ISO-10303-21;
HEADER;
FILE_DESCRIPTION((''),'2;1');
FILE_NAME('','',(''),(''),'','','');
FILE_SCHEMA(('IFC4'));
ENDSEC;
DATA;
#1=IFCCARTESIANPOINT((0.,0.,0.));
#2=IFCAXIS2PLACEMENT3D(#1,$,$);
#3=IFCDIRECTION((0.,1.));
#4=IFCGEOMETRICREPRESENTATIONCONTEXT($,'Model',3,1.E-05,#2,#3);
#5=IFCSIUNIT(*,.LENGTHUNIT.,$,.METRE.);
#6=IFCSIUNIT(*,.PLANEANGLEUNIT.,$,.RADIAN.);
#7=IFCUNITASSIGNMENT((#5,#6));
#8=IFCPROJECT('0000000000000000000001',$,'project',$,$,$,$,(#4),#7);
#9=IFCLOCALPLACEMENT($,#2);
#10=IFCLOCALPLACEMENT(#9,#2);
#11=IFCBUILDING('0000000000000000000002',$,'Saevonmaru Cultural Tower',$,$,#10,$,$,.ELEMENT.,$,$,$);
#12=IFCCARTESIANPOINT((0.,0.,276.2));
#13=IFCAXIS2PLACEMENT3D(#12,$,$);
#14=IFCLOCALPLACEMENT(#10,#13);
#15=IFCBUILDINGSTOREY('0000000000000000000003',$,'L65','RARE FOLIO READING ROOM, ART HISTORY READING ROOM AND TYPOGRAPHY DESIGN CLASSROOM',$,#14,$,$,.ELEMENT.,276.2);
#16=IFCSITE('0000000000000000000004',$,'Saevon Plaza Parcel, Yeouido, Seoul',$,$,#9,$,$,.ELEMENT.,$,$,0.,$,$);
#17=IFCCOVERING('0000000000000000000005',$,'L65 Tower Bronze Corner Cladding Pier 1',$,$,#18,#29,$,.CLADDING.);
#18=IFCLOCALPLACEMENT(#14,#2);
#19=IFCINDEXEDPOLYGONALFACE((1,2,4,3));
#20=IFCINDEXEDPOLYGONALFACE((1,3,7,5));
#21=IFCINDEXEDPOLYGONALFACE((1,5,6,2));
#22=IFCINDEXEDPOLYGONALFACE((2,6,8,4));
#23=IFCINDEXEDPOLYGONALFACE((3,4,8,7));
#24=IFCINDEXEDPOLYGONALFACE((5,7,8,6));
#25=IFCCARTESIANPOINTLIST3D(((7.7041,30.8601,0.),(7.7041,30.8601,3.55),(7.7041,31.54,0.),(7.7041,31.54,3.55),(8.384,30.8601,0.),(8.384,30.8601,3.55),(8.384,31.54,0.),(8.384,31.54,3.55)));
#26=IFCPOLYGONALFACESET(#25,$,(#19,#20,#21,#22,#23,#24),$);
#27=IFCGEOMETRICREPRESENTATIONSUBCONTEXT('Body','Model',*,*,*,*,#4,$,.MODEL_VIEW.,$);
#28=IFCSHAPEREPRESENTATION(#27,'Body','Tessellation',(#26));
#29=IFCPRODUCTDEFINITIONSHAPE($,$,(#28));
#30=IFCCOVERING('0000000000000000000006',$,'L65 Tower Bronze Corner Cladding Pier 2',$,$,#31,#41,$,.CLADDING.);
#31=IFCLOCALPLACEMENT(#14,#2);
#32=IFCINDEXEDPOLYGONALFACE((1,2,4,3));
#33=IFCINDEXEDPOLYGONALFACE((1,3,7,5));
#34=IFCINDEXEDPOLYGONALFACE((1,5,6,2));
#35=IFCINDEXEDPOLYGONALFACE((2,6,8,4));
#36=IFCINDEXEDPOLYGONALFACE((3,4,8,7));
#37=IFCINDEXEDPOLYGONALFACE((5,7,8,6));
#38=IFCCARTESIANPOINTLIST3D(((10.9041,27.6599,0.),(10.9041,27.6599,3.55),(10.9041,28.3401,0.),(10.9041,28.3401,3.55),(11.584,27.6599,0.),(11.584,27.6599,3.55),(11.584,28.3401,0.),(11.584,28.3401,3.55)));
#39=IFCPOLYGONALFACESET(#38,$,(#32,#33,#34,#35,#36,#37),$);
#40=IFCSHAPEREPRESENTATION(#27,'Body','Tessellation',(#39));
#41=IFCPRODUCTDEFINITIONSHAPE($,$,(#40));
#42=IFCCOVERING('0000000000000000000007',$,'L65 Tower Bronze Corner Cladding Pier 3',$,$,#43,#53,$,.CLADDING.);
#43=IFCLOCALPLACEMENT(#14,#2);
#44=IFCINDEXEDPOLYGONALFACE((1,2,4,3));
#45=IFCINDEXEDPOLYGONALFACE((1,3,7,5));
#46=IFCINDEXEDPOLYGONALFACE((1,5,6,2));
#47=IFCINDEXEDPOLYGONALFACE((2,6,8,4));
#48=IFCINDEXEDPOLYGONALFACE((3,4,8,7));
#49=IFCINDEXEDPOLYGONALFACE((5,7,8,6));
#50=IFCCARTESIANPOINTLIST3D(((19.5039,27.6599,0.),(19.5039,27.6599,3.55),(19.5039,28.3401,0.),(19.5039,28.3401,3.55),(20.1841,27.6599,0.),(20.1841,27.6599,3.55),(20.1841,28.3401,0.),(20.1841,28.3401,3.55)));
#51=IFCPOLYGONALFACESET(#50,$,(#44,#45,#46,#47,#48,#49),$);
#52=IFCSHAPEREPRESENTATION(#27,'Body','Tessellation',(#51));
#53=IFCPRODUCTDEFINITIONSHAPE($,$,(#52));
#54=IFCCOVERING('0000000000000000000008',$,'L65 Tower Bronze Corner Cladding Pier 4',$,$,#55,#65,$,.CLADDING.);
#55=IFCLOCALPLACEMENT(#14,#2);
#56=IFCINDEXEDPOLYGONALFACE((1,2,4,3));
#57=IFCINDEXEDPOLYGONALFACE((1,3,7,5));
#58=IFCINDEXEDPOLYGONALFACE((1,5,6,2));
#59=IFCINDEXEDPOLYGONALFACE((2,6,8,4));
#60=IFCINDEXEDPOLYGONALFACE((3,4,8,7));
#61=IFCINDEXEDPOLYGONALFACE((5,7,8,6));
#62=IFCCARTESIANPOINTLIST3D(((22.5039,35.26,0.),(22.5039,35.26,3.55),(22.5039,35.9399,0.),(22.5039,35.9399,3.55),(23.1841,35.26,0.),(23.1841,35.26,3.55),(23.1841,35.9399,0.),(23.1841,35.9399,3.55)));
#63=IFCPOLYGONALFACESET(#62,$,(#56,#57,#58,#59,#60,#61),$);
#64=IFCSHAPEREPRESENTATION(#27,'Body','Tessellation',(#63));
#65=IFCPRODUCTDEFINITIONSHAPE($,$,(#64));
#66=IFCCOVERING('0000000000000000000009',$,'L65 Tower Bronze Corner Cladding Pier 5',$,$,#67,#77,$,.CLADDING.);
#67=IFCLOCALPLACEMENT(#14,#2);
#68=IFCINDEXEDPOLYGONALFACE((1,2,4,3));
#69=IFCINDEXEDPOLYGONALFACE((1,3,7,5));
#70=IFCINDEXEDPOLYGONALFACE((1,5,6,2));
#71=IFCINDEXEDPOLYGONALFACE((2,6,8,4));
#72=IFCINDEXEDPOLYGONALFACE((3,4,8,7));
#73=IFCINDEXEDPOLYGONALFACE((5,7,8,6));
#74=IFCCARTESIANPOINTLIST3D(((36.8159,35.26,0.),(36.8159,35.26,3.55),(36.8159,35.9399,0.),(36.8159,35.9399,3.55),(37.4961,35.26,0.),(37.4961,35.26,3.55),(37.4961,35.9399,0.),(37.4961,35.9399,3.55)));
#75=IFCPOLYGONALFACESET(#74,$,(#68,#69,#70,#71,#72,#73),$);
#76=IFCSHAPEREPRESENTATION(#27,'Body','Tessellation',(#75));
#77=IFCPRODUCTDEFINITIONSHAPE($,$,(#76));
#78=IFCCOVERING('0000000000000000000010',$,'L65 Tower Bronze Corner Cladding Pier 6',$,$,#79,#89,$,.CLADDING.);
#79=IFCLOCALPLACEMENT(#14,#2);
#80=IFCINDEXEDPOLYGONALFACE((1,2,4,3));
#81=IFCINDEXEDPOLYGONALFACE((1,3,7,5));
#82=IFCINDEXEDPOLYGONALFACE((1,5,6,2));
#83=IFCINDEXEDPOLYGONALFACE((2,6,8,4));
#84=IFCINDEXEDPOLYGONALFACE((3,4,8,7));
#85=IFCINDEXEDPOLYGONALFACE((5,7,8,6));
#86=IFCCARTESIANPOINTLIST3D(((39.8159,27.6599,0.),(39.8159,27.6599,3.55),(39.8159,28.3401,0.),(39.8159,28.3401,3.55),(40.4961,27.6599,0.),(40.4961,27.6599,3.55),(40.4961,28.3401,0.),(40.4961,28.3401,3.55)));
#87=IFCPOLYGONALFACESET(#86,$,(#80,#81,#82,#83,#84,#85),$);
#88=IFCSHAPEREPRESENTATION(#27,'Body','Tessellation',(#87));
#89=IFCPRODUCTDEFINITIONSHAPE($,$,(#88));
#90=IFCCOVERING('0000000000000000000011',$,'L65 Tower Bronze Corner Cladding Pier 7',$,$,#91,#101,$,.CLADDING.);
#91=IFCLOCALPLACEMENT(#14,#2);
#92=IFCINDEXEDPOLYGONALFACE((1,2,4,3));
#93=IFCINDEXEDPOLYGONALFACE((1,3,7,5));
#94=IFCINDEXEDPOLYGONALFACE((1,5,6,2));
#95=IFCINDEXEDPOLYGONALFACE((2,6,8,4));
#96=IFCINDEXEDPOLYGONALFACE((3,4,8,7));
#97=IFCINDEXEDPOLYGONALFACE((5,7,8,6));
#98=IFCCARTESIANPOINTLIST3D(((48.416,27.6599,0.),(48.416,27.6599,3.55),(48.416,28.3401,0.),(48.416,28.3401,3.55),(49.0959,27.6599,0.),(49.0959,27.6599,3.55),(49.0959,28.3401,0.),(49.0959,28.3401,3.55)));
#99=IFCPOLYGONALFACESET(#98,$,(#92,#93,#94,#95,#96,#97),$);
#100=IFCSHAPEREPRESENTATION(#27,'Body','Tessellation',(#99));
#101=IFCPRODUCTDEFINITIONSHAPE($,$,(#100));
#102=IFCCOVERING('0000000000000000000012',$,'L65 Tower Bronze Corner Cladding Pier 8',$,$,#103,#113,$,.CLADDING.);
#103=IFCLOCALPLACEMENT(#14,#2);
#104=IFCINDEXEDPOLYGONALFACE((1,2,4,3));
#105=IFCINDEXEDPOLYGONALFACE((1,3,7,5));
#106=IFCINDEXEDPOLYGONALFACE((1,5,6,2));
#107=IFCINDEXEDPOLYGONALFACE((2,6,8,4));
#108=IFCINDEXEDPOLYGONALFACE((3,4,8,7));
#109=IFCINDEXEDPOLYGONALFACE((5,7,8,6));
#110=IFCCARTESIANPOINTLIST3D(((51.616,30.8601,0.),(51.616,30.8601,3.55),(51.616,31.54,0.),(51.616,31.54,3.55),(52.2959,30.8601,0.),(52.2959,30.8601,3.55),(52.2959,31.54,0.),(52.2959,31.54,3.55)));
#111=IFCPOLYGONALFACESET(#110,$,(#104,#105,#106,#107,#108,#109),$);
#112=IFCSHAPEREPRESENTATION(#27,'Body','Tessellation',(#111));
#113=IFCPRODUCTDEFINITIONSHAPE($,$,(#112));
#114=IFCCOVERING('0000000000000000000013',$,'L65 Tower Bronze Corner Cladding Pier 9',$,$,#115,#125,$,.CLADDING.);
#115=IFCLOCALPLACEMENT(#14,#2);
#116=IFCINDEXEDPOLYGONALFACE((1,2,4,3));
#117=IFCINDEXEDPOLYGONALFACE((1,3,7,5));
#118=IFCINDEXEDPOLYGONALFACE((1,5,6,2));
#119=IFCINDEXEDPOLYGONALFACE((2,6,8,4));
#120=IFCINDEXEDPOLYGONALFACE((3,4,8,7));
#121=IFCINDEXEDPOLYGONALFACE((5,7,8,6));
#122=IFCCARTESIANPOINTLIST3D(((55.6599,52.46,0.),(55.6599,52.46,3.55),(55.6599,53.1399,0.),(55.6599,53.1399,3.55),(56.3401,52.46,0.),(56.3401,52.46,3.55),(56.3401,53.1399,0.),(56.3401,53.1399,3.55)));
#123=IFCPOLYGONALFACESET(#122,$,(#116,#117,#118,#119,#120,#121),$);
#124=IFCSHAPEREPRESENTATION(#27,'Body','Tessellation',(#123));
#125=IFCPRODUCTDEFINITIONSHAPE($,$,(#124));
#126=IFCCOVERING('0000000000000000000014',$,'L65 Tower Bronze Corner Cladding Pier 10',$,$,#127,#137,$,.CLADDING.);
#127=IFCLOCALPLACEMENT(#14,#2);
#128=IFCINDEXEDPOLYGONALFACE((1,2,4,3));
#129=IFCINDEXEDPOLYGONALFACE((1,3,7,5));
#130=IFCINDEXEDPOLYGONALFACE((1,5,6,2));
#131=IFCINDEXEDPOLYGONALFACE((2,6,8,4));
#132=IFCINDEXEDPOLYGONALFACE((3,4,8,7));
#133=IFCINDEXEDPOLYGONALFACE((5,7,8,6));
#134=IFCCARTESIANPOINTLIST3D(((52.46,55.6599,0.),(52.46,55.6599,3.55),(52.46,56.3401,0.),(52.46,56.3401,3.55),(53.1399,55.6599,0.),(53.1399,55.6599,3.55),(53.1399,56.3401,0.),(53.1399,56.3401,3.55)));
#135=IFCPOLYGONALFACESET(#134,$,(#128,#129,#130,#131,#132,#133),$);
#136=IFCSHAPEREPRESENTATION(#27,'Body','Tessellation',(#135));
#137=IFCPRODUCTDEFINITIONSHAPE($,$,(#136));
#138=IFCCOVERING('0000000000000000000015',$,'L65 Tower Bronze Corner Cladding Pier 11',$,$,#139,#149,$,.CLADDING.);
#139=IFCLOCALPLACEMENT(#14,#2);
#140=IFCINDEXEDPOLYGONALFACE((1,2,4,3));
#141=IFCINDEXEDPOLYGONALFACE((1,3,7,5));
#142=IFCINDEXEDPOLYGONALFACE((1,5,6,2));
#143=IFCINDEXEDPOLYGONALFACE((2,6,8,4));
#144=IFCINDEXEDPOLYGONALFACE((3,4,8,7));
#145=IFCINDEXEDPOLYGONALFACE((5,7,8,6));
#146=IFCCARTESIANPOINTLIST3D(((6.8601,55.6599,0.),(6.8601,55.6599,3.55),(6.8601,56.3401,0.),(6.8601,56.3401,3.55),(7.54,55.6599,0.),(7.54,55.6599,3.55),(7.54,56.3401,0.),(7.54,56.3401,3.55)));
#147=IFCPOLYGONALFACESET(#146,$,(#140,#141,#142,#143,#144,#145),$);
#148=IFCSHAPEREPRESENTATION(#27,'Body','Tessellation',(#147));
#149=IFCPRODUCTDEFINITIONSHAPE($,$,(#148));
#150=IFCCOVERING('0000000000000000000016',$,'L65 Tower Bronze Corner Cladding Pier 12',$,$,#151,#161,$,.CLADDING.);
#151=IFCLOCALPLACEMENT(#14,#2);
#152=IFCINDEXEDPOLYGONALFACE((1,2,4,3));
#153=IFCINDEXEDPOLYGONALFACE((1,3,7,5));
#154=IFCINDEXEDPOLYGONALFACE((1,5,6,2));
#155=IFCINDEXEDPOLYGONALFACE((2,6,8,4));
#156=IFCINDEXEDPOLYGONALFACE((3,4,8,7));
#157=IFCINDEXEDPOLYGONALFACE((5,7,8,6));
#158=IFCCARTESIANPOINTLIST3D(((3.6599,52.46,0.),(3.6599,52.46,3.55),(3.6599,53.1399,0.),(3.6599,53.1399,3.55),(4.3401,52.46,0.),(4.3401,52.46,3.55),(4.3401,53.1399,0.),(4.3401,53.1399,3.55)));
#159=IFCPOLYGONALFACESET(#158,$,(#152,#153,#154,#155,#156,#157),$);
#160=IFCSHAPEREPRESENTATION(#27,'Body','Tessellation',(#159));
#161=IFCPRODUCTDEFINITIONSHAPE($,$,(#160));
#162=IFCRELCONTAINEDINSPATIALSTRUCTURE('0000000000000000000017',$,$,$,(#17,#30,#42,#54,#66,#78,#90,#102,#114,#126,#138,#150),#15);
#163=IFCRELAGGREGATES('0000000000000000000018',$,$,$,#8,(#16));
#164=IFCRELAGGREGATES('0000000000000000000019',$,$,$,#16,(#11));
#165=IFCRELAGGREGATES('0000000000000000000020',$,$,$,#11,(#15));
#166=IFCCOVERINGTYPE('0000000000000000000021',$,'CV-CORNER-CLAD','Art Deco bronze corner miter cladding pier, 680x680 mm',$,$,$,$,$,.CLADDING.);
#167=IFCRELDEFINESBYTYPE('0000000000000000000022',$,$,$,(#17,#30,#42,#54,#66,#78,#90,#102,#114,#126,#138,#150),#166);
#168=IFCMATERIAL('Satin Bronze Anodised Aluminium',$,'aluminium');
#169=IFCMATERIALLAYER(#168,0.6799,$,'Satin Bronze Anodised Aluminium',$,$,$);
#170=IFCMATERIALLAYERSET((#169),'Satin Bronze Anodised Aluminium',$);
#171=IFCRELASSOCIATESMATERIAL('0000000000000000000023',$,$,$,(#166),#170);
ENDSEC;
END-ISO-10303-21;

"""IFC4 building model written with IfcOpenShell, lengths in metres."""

from ifc_helpers import new_model, si_unit, direction, frame, origin, place, context, subcontext, project, spatial, polyline, outline, extrude, material, layer, layer_set, type_object, element, save


model = new_model("IFC4")

# Units and contexts
model_context = context("Model", 3, precision=1e-05, world=origin(), true_north=direction((0.0, 1.0)))
body_context = subcontext(model_context, "Body", "Model", "MODEL_VIEW")
ifc_project = project(units=[si_unit("LENGTHUNIT", "METRE"), si_unit("PLANEANGLEUNIT", "RADIAN")], contexts=[model_context])

# Site, building, storey
site_placement = place(None, origin())
site = spatial("IfcSite", under=ifc_project, at=site_placement, Name="Saevon Plaza Parcel, Yeouido, Seoul", CompositionType="ELEMENT", RefElevation=0.0)
building_placement = place(site_placement, origin())
building = spatial("IfcBuilding", under=site, at=building_placement, Name="Saevonmaru Cultural Tower", CompositionType="ELEMENT")
storey_placement = place(building_placement, frame((0.0, 0.0, 276.2)))
storey = spatial("IfcBuildingStorey", under=building, at=storey_placement, Name="L65", Description="RARE FOLIO READING ROOM, ART HISTORY READING ROOM AND TYPOGRAPHY DESIGN CLASSROOM", CompositionType="ELEMENT", Elevation=276.2)

# Shared definitions
ifc_material_1 = material(Name="Satin Bronze Anodised Aluminium", Category="aluminium")

# Coverings
ifc_layer_1 = layer(ifc_material_1, 0.6799, Name="Satin Bronze Anodised Aluminium")
ifc_layer_set_1 = layer_set([ifc_layer_1], Name="Satin Bronze Anodised Aluminium")
covering_type_1 = type_object("IfcCoveringType", Name="CV-CORNER-CLAD", Description="Art Deco bronze corner miter cladding pier, 680x680 mm", PredefinedType="CLADDING", material=ifc_layer_set_1)
covering_1_placement = place(storey_placement, origin())
element("IfcCovering", 1, at=covering_1_placement, inside=storey, type_object=covering_type_1, Name="L65 Tower Bronze Corner Cladding Pier 1", PredefinedType="CLADDING", context=body_context, shape_type="SweptSolid", body=[
    extrude(outline(polyline([(7.7041, 30.8601), (8.384, 30.8601), (8.384, 31.54), (7.7041, 31.54), (7.7041, 30.8601)])), origin(), (0.0, 0.0, 1.0), 3.55),
])
covering_2_placement = place(storey_placement, origin())
element("IfcCovering", 2, at=covering_2_placement, inside=storey, type_object=covering_type_1, Name="L65 Tower Bronze Corner Cladding Pier 2", PredefinedType="CLADDING", context=body_context, shape_type="SweptSolid", body=[
    extrude(outline(polyline([(10.9041, 27.6599), (11.584, 27.6599), (11.584, 28.3401), (10.9041, 28.3401), (10.9041, 27.6599)])), origin(), (0.0, 0.0, 1.0), 3.55),
])
covering_3_placement = place(storey_placement, origin())
element("IfcCovering", 3, at=covering_3_placement, inside=storey, type_object=covering_type_1, Name="L65 Tower Bronze Corner Cladding Pier 3", PredefinedType="CLADDING", context=body_context, shape_type="SweptSolid", body=[
    extrude(outline(polyline([(19.5039, 27.6599), (20.1841, 27.6599), (20.1841, 28.3401), (19.5039, 28.3401), (19.5039, 27.6599)])), origin(), (0.0, 0.0, 1.0), 3.55),
])
covering_4_placement = place(storey_placement, origin())
element("IfcCovering", 4, at=covering_4_placement, inside=storey, type_object=covering_type_1, Name="L65 Tower Bronze Corner Cladding Pier 4", PredefinedType="CLADDING", context=body_context, shape_type="SweptSolid", body=[
    extrude(outline(polyline([(22.5039, 35.26), (23.1841, 35.26), (23.1841, 35.9399), (22.5039, 35.9399), (22.5039, 35.26)])), origin(), (0.0, 0.0, 1.0), 3.55),
])
covering_5_placement = place(storey_placement, origin())
element("IfcCovering", 5, at=covering_5_placement, inside=storey, type_object=covering_type_1, Name="L65 Tower Bronze Corner Cladding Pier 5", PredefinedType="CLADDING", context=body_context, shape_type="SweptSolid", body=[
    extrude(outline(polyline([(36.8159, 35.26), (37.4961, 35.26), (37.4961, 35.9399), (36.8159, 35.9399), (36.8159, 35.26)])), origin(), (0.0, 0.0, 1.0), 3.55),
])
covering_6_placement = place(storey_placement, origin())
element("IfcCovering", 6, at=covering_6_placement, inside=storey, type_object=covering_type_1, Name="L65 Tower Bronze Corner Cladding Pier 6", PredefinedType="CLADDING", context=body_context, shape_type="SweptSolid", body=[
    extrude(outline(polyline([(39.8159, 27.6599), (40.4961, 27.6599), (40.4961, 28.3401), (39.8159, 28.3401), (39.8159, 27.6599)])), origin(), (0.0, 0.0, 1.0), 3.55),
])
covering_7_placement = place(storey_placement, origin())
element("IfcCovering", 7, at=covering_7_placement, inside=storey, type_object=covering_type_1, Name="L65 Tower Bronze Corner Cladding Pier 7", PredefinedType="CLADDING", context=body_context, shape_type="SweptSolid", body=[
    extrude(outline(polyline([(48.416, 27.6599), (49.0959, 27.6599), (49.0959, 28.3401), (48.416, 28.3401), (48.416, 27.6599)])), origin(), (0.0, 0.0, 1.0), 3.55),
])
covering_8_placement = place(storey_placement, origin())
element("IfcCovering", 8, at=covering_8_placement, inside=storey, type_object=covering_type_1, Name="L65 Tower Bronze Corner Cladding Pier 8", PredefinedType="CLADDING", context=body_context, shape_type="SweptSolid", body=[
    extrude(outline(polyline([(51.616, 30.8601), (52.2959, 30.8601), (52.2959, 31.54), (51.616, 31.54), (51.616, 30.8601)])), origin(), (0.0, 0.0, 1.0), 3.55),
])
covering_9_placement = place(storey_placement, origin())
element("IfcCovering", 9, at=covering_9_placement, inside=storey, type_object=covering_type_1, Name="L65 Tower Bronze Corner Cladding Pier 9", PredefinedType="CLADDING", context=body_context, shape_type="SweptSolid", body=[
    extrude(outline(polyline([(55.6599, 52.46), (56.3401, 52.46), (56.3401, 53.1399), (55.6599, 53.1399), (55.6599, 52.46)])), origin(), (0.0, 0.0, 1.0), 3.55),
])
covering_10_placement = place(storey_placement, origin())
element("IfcCovering", 10, at=covering_10_placement, inside=storey, type_object=covering_type_1, Name="L65 Tower Bronze Corner Cladding Pier 10", PredefinedType="CLADDING", context=body_context, shape_type="SweptSolid", body=[
    extrude(outline(polyline([(52.46, 55.6599), (53.1399, 55.6599), (53.1399, 56.3401), (52.46, 56.3401), (52.46, 55.6599)])), origin(), (0.0, 0.0, 1.0), 3.55),
])
covering_11_placement = place(storey_placement, origin())
element("IfcCovering", 11, at=covering_11_placement, inside=storey, type_object=covering_type_1, Name="L65 Tower Bronze Corner Cladding Pier 11", PredefinedType="CLADDING", context=body_context, shape_type="SweptSolid", body=[
    extrude(outline(polyline([(6.8601, 55.6599), (7.54, 55.6599), (7.54, 56.3401), (6.8601, 56.3401), (6.8601, 55.6599)])), origin(), (0.0, 0.0, 1.0), 3.55),
])
covering_12_placement = place(storey_placement, origin())
element("IfcCovering", 12, at=covering_12_placement, inside=storey, type_object=covering_type_1, Name="L65 Tower Bronze Corner Cladding Pier 12", PredefinedType="CLADDING", context=body_context, shape_type="SweptSolid", body=[
    extrude(outline(polyline([(3.6599, 52.46), (4.3401, 52.46), (4.3401, 53.1399), (3.6599, 53.1399), (3.6599, 52.46)])), origin(), (0.0, 0.0, 1.0), 3.55),
])

save(model, "model.ifc")
